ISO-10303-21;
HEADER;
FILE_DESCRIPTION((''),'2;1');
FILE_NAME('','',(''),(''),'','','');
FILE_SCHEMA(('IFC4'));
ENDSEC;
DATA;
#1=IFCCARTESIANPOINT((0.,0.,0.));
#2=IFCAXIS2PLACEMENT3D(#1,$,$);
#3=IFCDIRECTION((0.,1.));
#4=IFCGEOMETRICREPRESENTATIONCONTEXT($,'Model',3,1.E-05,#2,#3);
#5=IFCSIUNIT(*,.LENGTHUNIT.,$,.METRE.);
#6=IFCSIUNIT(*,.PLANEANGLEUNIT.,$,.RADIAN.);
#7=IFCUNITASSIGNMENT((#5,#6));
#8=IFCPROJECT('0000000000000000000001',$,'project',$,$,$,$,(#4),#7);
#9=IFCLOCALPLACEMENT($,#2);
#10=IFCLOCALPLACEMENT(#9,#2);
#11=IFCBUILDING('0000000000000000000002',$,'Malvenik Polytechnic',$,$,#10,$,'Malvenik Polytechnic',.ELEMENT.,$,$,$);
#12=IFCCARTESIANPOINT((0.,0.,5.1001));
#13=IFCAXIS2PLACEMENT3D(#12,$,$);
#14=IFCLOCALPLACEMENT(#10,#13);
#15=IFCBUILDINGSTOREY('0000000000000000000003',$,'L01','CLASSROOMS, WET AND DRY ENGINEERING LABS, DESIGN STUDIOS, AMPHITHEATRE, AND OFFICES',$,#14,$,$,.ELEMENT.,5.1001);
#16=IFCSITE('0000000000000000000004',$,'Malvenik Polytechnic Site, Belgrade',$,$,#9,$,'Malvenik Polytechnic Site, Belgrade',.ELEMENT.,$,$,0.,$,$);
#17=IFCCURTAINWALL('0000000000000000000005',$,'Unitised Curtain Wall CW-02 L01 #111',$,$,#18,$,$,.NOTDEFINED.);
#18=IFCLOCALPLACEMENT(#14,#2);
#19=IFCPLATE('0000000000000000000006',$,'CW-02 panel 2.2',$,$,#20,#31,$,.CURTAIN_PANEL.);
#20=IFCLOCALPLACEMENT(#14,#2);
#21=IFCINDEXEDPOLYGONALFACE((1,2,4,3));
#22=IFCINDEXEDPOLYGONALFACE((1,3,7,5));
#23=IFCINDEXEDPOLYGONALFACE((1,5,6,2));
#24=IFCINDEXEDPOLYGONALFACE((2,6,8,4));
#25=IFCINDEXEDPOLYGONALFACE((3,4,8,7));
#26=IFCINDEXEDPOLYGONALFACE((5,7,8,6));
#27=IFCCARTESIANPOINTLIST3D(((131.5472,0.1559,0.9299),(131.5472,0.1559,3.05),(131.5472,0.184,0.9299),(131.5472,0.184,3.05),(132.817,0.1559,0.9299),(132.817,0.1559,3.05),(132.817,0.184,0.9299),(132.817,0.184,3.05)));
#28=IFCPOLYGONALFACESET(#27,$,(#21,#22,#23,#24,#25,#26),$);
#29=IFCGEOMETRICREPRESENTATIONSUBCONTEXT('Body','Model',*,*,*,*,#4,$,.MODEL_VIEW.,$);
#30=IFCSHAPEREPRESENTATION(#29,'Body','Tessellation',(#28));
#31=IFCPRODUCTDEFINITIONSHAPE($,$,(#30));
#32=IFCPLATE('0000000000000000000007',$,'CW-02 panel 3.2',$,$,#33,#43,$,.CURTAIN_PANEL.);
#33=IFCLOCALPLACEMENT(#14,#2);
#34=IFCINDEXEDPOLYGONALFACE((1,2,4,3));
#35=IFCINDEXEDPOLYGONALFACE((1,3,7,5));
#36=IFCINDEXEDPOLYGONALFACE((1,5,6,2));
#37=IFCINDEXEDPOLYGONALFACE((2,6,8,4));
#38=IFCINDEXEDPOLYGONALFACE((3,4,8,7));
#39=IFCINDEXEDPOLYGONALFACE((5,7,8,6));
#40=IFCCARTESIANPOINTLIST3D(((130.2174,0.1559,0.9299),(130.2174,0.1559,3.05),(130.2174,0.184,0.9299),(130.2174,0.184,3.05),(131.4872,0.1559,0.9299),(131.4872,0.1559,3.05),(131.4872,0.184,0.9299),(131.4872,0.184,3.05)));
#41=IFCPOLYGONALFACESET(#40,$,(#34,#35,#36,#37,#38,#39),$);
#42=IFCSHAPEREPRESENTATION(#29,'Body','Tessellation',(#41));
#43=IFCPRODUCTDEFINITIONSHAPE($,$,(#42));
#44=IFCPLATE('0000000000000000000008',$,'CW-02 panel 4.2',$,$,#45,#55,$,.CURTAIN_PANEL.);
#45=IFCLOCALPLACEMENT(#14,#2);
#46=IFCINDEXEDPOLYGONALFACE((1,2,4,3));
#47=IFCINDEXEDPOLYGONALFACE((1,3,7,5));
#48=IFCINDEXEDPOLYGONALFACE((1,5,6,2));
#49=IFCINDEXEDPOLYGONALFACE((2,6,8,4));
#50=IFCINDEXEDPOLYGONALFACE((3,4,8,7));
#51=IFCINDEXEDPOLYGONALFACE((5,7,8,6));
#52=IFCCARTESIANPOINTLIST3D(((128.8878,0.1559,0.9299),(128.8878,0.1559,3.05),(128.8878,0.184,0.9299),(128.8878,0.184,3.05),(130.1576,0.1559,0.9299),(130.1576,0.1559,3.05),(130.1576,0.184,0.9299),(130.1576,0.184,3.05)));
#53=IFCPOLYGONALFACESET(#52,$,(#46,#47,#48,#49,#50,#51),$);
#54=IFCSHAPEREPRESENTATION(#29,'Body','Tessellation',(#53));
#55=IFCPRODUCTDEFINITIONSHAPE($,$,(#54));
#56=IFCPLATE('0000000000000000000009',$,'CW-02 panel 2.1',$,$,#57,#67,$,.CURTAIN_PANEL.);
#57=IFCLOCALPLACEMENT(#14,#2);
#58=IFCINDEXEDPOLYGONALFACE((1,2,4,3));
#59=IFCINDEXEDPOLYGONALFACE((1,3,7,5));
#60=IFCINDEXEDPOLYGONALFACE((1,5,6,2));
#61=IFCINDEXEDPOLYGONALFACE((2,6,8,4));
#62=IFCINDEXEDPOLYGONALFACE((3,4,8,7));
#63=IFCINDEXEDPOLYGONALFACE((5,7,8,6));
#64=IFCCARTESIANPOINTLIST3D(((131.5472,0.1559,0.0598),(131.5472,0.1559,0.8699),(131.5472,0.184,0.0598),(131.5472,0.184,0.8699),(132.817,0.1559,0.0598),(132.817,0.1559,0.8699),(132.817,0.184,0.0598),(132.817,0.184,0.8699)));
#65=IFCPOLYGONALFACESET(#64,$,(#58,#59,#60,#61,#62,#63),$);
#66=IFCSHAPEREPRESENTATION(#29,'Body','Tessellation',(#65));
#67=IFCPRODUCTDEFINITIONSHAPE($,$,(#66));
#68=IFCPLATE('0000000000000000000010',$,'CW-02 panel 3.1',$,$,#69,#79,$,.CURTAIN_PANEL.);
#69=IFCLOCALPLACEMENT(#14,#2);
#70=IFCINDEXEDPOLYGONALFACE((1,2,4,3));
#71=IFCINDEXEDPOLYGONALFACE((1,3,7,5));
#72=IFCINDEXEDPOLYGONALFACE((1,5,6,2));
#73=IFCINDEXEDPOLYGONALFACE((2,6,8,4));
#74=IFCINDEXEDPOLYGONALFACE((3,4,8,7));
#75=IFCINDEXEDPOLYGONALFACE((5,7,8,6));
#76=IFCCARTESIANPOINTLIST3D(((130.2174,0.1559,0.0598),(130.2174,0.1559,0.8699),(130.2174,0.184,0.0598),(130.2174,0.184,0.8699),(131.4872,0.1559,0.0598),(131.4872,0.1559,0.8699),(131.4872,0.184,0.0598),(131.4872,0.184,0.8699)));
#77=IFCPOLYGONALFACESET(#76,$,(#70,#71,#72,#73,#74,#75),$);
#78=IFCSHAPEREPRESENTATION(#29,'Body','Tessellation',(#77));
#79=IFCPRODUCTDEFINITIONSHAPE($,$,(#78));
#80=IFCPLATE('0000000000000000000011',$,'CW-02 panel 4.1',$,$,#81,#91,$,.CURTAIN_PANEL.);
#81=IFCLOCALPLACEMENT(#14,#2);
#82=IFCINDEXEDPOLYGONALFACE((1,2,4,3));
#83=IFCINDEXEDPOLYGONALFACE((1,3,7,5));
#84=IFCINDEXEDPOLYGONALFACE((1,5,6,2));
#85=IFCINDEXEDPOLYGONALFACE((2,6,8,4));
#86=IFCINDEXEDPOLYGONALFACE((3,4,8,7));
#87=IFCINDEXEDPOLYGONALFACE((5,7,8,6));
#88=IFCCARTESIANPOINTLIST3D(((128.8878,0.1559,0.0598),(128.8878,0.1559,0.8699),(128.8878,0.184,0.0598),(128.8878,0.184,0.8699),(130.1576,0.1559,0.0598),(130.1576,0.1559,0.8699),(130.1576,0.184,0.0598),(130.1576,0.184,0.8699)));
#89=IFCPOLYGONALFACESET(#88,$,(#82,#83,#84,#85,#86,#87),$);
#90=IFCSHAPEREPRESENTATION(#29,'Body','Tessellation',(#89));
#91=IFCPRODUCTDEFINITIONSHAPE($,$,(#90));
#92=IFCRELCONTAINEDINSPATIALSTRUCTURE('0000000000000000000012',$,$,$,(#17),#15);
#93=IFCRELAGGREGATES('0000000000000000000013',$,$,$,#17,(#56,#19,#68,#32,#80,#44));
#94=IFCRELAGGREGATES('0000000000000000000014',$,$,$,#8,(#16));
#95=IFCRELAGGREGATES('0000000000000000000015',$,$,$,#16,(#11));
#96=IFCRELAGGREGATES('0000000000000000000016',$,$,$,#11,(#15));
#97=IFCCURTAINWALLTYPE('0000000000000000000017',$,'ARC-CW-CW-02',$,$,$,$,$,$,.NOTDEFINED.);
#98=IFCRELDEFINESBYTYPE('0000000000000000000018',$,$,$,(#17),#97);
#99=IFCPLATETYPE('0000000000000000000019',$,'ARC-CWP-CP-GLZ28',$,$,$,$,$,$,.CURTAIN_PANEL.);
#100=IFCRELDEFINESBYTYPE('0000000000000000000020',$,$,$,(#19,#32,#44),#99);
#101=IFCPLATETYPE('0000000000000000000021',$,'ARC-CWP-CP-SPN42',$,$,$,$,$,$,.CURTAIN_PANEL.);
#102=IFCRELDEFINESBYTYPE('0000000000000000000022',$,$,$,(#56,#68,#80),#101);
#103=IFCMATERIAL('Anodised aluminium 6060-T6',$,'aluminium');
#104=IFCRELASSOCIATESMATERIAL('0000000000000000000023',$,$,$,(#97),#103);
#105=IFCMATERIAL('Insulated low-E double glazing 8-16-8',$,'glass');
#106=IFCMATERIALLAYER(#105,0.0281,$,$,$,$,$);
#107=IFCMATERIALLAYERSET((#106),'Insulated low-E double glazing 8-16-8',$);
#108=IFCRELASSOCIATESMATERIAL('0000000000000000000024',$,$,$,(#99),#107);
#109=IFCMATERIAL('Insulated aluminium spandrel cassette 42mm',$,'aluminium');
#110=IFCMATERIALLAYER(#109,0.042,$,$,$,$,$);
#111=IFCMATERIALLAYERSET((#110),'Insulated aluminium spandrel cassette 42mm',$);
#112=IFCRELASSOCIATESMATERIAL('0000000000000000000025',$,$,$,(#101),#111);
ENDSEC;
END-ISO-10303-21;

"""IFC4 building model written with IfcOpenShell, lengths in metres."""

from ifc_helpers import new_model, si_unit, direction, frame, origin, origin_2d, place, context, subcontext, project, spatial, rectangle, extrude, material, layer, layer_set, type_object, element, aggregate, save


model = new_model("IFC4")

# Units and contexts
model_context = context("Model", 3, precision=1e-05, world=origin(), true_north=direction((0.0, 1.0)))
body_context = subcontext(model_context, "Body", "Model", "MODEL_VIEW")
ifc_project = project(units=[si_unit("LENGTHUNIT", "METRE"), si_unit("PLANEANGLEUNIT", "RADIAN")], contexts=[model_context])

# Site, building, storey
site_placement = place(None, origin())
site = spatial("IfcSite", under=ifc_project, at=site_placement, Name="Malvenik Polytechnic Site, Belgrade", LongName="Malvenik Polytechnic Site, Belgrade", CompositionType="ELEMENT", RefElevation=0.0)
building_placement = place(site_placement, origin())
building = spatial("IfcBuilding", under=site, at=building_placement, Name="Malvenik Polytechnic", LongName="Malvenik Polytechnic", CompositionType="ELEMENT")
storey_placement = place(building_placement, frame((0.0, 0.0, 5.1001)))
storey = spatial("IfcBuildingStorey", under=building, at=storey_placement, Name="L01", Description="CLASSROOMS, WET AND DRY ENGINEERING LABS, DESIGN STUDIOS, AMPHITHEATRE, AND OFFICES", CompositionType="ELEMENT", Elevation=5.1001)

# Curtain wall, plates
ifc_material_1 = material(Name="Anodised aluminium 6060-T6", Category="aluminium")
curtain_wall_type = type_object("IfcCurtainWallType", Name="ARC-CW-CW-02", PredefinedType="NOTDEFINED", material=ifc_material_1)
curtain_wall_placement = place(storey_placement, origin())
curtain_wall = element("IfcCurtainWall", 1, at=curtain_wall_placement, inside=storey, type_object=curtain_wall_type, Name="Unitised Curtain Wall CW-02 L01 #111", PredefinedType="NOTDEFINED")
ifc_material_2 = material(Name="Insulated low-E double glazing 8-16-8", Category="glass")
ifc_layer_1 = layer(ifc_material_2, 0.0281)
ifc_layer_set_1 = layer_set([ifc_layer_1], Name="Insulated low-E double glazing 8-16-8")
plate_type_1 = type_object("IfcPlateType", Name="ARC-CWP-CP-GLZ28", PredefinedType="CURTAIN_PANEL", material=ifc_layer_set_1)
plate_1_placement = place(storey_placement, frame((132.1821, 0.1699, 0.9299), z_axis=(0.0, 0.0, 1.0), x_axis=(-1.0, 0.0, 0.0)))
plate_1 = element("IfcPlate", 2, at=plate_1_placement, type_object=plate_type_1, Name="CW-02 panel 2.2", PredefinedType="CURTAIN_PANEL", context=body_context, shape_type="SweptSolid", body=[
    extrude(rectangle(XDim=1.2698, YDim=0.0281, at=origin_2d()), origin(), (0.0, 0.0, 1.0), 2.1201),
])
plate_2_placement = place(storey_placement, frame((130.8523, 0.1699, 0.9299), z_axis=(0.0, 0.0, 1.0), x_axis=(-1.0, 0.0, 0.0)))
plate_2 = element("IfcPlate", 3, at=plate_2_placement, type_object=plate_type_1, Name="CW-02 panel 3.2", PredefinedType="CURTAIN_PANEL", context=body_context, shape_type="SweptSolid", body=[
    extrude(rectangle(XDim=1.2698, YDim=0.0281, at=origin_2d()), origin(), (0.0, 0.0, 1.0), 2.1201),
])
plate_3_placement = place(storey_placement, frame((129.5227, 0.1699, 0.9299), z_axis=(0.0, 0.0, 1.0), x_axis=(-1.0, 0.0, 0.0)))
plate_3 = element("IfcPlate", 4, at=plate_3_placement, type_object=plate_type_1, Name="CW-02 panel 4.2", PredefinedType="CURTAIN_PANEL", context=body_context, shape_type="SweptSolid", body=[
    extrude(rectangle(XDim=1.2698, YDim=0.0281, at=origin_2d()), origin(), (0.0, 0.0, 1.0), 2.1201),
])
ifc_material_3 = material(Name="Insulated aluminium spandrel cassette 42mm", Category="aluminium")
ifc_layer_2 = layer(ifc_material_3, 0.042)
ifc_layer_set_2 = layer_set([ifc_layer_2], Name="Insulated aluminium spandrel cassette 42mm")
plate_type_2 = type_object("IfcPlateType", Name="ARC-CWP-CP-SPN42", PredefinedType="CURTAIN_PANEL", material=ifc_layer_set_2)
plate_4_placement = place(storey_placement, frame((132.1821, 0.1699, 0.0598), z_axis=(0.0, 0.0, 1.0), x_axis=(-1.0, 0.0, 0.0)))
plate_4 = element("IfcPlate", 5, at=plate_4_placement, type_object=plate_type_2, Name="CW-02 panel 2.1", PredefinedType="CURTAIN_PANEL", context=body_context, shape_type="SweptSolid", body=[
    extrude(rectangle(XDim=1.2698, YDim=0.0281, at=origin_2d()), origin(), (0.0, 0.0, 1.0), 0.8101),
])
plate_5_placement = place(storey_placement, frame((130.8523, 0.1699, 0.0598), z_axis=(0.0, 0.0, 1.0), x_axis=(-1.0, 0.0, 0.0)))
plate_5 = element("IfcPlate", 6, at=plate_5_placement, type_object=plate_type_2, Name="CW-02 panel 3.1", PredefinedType="CURTAIN_PANEL", context=body_context, shape_type="SweptSolid", body=[
    extrude(rectangle(XDim=1.2698, YDim=0.0281, at=origin_2d()), origin(), (0.0, 0.0, 1.0), 0.8101),
])
plate_6_placement = place(storey_placement, frame((129.5227, 0.1699, 0.0598), z_axis=(0.0, 0.0, 1.0), x_axis=(-1.0, 0.0, 0.0)))
plate_6 = element("IfcPlate", 7, at=plate_6_placement, type_object=plate_type_2, Name="CW-02 panel 4.1", PredefinedType="CURTAIN_PANEL", context=body_context, shape_type="SweptSolid", body=[
    extrude(rectangle(XDim=1.2698, YDim=0.0281, at=origin_2d()), origin(), (0.0, 0.0, 1.0), 0.8101),
])
aggregate(curtain_wall, [plate_4, plate_1, plate_5, plate_2, plate_6, plate_3])

save(model, "model.ifc")
